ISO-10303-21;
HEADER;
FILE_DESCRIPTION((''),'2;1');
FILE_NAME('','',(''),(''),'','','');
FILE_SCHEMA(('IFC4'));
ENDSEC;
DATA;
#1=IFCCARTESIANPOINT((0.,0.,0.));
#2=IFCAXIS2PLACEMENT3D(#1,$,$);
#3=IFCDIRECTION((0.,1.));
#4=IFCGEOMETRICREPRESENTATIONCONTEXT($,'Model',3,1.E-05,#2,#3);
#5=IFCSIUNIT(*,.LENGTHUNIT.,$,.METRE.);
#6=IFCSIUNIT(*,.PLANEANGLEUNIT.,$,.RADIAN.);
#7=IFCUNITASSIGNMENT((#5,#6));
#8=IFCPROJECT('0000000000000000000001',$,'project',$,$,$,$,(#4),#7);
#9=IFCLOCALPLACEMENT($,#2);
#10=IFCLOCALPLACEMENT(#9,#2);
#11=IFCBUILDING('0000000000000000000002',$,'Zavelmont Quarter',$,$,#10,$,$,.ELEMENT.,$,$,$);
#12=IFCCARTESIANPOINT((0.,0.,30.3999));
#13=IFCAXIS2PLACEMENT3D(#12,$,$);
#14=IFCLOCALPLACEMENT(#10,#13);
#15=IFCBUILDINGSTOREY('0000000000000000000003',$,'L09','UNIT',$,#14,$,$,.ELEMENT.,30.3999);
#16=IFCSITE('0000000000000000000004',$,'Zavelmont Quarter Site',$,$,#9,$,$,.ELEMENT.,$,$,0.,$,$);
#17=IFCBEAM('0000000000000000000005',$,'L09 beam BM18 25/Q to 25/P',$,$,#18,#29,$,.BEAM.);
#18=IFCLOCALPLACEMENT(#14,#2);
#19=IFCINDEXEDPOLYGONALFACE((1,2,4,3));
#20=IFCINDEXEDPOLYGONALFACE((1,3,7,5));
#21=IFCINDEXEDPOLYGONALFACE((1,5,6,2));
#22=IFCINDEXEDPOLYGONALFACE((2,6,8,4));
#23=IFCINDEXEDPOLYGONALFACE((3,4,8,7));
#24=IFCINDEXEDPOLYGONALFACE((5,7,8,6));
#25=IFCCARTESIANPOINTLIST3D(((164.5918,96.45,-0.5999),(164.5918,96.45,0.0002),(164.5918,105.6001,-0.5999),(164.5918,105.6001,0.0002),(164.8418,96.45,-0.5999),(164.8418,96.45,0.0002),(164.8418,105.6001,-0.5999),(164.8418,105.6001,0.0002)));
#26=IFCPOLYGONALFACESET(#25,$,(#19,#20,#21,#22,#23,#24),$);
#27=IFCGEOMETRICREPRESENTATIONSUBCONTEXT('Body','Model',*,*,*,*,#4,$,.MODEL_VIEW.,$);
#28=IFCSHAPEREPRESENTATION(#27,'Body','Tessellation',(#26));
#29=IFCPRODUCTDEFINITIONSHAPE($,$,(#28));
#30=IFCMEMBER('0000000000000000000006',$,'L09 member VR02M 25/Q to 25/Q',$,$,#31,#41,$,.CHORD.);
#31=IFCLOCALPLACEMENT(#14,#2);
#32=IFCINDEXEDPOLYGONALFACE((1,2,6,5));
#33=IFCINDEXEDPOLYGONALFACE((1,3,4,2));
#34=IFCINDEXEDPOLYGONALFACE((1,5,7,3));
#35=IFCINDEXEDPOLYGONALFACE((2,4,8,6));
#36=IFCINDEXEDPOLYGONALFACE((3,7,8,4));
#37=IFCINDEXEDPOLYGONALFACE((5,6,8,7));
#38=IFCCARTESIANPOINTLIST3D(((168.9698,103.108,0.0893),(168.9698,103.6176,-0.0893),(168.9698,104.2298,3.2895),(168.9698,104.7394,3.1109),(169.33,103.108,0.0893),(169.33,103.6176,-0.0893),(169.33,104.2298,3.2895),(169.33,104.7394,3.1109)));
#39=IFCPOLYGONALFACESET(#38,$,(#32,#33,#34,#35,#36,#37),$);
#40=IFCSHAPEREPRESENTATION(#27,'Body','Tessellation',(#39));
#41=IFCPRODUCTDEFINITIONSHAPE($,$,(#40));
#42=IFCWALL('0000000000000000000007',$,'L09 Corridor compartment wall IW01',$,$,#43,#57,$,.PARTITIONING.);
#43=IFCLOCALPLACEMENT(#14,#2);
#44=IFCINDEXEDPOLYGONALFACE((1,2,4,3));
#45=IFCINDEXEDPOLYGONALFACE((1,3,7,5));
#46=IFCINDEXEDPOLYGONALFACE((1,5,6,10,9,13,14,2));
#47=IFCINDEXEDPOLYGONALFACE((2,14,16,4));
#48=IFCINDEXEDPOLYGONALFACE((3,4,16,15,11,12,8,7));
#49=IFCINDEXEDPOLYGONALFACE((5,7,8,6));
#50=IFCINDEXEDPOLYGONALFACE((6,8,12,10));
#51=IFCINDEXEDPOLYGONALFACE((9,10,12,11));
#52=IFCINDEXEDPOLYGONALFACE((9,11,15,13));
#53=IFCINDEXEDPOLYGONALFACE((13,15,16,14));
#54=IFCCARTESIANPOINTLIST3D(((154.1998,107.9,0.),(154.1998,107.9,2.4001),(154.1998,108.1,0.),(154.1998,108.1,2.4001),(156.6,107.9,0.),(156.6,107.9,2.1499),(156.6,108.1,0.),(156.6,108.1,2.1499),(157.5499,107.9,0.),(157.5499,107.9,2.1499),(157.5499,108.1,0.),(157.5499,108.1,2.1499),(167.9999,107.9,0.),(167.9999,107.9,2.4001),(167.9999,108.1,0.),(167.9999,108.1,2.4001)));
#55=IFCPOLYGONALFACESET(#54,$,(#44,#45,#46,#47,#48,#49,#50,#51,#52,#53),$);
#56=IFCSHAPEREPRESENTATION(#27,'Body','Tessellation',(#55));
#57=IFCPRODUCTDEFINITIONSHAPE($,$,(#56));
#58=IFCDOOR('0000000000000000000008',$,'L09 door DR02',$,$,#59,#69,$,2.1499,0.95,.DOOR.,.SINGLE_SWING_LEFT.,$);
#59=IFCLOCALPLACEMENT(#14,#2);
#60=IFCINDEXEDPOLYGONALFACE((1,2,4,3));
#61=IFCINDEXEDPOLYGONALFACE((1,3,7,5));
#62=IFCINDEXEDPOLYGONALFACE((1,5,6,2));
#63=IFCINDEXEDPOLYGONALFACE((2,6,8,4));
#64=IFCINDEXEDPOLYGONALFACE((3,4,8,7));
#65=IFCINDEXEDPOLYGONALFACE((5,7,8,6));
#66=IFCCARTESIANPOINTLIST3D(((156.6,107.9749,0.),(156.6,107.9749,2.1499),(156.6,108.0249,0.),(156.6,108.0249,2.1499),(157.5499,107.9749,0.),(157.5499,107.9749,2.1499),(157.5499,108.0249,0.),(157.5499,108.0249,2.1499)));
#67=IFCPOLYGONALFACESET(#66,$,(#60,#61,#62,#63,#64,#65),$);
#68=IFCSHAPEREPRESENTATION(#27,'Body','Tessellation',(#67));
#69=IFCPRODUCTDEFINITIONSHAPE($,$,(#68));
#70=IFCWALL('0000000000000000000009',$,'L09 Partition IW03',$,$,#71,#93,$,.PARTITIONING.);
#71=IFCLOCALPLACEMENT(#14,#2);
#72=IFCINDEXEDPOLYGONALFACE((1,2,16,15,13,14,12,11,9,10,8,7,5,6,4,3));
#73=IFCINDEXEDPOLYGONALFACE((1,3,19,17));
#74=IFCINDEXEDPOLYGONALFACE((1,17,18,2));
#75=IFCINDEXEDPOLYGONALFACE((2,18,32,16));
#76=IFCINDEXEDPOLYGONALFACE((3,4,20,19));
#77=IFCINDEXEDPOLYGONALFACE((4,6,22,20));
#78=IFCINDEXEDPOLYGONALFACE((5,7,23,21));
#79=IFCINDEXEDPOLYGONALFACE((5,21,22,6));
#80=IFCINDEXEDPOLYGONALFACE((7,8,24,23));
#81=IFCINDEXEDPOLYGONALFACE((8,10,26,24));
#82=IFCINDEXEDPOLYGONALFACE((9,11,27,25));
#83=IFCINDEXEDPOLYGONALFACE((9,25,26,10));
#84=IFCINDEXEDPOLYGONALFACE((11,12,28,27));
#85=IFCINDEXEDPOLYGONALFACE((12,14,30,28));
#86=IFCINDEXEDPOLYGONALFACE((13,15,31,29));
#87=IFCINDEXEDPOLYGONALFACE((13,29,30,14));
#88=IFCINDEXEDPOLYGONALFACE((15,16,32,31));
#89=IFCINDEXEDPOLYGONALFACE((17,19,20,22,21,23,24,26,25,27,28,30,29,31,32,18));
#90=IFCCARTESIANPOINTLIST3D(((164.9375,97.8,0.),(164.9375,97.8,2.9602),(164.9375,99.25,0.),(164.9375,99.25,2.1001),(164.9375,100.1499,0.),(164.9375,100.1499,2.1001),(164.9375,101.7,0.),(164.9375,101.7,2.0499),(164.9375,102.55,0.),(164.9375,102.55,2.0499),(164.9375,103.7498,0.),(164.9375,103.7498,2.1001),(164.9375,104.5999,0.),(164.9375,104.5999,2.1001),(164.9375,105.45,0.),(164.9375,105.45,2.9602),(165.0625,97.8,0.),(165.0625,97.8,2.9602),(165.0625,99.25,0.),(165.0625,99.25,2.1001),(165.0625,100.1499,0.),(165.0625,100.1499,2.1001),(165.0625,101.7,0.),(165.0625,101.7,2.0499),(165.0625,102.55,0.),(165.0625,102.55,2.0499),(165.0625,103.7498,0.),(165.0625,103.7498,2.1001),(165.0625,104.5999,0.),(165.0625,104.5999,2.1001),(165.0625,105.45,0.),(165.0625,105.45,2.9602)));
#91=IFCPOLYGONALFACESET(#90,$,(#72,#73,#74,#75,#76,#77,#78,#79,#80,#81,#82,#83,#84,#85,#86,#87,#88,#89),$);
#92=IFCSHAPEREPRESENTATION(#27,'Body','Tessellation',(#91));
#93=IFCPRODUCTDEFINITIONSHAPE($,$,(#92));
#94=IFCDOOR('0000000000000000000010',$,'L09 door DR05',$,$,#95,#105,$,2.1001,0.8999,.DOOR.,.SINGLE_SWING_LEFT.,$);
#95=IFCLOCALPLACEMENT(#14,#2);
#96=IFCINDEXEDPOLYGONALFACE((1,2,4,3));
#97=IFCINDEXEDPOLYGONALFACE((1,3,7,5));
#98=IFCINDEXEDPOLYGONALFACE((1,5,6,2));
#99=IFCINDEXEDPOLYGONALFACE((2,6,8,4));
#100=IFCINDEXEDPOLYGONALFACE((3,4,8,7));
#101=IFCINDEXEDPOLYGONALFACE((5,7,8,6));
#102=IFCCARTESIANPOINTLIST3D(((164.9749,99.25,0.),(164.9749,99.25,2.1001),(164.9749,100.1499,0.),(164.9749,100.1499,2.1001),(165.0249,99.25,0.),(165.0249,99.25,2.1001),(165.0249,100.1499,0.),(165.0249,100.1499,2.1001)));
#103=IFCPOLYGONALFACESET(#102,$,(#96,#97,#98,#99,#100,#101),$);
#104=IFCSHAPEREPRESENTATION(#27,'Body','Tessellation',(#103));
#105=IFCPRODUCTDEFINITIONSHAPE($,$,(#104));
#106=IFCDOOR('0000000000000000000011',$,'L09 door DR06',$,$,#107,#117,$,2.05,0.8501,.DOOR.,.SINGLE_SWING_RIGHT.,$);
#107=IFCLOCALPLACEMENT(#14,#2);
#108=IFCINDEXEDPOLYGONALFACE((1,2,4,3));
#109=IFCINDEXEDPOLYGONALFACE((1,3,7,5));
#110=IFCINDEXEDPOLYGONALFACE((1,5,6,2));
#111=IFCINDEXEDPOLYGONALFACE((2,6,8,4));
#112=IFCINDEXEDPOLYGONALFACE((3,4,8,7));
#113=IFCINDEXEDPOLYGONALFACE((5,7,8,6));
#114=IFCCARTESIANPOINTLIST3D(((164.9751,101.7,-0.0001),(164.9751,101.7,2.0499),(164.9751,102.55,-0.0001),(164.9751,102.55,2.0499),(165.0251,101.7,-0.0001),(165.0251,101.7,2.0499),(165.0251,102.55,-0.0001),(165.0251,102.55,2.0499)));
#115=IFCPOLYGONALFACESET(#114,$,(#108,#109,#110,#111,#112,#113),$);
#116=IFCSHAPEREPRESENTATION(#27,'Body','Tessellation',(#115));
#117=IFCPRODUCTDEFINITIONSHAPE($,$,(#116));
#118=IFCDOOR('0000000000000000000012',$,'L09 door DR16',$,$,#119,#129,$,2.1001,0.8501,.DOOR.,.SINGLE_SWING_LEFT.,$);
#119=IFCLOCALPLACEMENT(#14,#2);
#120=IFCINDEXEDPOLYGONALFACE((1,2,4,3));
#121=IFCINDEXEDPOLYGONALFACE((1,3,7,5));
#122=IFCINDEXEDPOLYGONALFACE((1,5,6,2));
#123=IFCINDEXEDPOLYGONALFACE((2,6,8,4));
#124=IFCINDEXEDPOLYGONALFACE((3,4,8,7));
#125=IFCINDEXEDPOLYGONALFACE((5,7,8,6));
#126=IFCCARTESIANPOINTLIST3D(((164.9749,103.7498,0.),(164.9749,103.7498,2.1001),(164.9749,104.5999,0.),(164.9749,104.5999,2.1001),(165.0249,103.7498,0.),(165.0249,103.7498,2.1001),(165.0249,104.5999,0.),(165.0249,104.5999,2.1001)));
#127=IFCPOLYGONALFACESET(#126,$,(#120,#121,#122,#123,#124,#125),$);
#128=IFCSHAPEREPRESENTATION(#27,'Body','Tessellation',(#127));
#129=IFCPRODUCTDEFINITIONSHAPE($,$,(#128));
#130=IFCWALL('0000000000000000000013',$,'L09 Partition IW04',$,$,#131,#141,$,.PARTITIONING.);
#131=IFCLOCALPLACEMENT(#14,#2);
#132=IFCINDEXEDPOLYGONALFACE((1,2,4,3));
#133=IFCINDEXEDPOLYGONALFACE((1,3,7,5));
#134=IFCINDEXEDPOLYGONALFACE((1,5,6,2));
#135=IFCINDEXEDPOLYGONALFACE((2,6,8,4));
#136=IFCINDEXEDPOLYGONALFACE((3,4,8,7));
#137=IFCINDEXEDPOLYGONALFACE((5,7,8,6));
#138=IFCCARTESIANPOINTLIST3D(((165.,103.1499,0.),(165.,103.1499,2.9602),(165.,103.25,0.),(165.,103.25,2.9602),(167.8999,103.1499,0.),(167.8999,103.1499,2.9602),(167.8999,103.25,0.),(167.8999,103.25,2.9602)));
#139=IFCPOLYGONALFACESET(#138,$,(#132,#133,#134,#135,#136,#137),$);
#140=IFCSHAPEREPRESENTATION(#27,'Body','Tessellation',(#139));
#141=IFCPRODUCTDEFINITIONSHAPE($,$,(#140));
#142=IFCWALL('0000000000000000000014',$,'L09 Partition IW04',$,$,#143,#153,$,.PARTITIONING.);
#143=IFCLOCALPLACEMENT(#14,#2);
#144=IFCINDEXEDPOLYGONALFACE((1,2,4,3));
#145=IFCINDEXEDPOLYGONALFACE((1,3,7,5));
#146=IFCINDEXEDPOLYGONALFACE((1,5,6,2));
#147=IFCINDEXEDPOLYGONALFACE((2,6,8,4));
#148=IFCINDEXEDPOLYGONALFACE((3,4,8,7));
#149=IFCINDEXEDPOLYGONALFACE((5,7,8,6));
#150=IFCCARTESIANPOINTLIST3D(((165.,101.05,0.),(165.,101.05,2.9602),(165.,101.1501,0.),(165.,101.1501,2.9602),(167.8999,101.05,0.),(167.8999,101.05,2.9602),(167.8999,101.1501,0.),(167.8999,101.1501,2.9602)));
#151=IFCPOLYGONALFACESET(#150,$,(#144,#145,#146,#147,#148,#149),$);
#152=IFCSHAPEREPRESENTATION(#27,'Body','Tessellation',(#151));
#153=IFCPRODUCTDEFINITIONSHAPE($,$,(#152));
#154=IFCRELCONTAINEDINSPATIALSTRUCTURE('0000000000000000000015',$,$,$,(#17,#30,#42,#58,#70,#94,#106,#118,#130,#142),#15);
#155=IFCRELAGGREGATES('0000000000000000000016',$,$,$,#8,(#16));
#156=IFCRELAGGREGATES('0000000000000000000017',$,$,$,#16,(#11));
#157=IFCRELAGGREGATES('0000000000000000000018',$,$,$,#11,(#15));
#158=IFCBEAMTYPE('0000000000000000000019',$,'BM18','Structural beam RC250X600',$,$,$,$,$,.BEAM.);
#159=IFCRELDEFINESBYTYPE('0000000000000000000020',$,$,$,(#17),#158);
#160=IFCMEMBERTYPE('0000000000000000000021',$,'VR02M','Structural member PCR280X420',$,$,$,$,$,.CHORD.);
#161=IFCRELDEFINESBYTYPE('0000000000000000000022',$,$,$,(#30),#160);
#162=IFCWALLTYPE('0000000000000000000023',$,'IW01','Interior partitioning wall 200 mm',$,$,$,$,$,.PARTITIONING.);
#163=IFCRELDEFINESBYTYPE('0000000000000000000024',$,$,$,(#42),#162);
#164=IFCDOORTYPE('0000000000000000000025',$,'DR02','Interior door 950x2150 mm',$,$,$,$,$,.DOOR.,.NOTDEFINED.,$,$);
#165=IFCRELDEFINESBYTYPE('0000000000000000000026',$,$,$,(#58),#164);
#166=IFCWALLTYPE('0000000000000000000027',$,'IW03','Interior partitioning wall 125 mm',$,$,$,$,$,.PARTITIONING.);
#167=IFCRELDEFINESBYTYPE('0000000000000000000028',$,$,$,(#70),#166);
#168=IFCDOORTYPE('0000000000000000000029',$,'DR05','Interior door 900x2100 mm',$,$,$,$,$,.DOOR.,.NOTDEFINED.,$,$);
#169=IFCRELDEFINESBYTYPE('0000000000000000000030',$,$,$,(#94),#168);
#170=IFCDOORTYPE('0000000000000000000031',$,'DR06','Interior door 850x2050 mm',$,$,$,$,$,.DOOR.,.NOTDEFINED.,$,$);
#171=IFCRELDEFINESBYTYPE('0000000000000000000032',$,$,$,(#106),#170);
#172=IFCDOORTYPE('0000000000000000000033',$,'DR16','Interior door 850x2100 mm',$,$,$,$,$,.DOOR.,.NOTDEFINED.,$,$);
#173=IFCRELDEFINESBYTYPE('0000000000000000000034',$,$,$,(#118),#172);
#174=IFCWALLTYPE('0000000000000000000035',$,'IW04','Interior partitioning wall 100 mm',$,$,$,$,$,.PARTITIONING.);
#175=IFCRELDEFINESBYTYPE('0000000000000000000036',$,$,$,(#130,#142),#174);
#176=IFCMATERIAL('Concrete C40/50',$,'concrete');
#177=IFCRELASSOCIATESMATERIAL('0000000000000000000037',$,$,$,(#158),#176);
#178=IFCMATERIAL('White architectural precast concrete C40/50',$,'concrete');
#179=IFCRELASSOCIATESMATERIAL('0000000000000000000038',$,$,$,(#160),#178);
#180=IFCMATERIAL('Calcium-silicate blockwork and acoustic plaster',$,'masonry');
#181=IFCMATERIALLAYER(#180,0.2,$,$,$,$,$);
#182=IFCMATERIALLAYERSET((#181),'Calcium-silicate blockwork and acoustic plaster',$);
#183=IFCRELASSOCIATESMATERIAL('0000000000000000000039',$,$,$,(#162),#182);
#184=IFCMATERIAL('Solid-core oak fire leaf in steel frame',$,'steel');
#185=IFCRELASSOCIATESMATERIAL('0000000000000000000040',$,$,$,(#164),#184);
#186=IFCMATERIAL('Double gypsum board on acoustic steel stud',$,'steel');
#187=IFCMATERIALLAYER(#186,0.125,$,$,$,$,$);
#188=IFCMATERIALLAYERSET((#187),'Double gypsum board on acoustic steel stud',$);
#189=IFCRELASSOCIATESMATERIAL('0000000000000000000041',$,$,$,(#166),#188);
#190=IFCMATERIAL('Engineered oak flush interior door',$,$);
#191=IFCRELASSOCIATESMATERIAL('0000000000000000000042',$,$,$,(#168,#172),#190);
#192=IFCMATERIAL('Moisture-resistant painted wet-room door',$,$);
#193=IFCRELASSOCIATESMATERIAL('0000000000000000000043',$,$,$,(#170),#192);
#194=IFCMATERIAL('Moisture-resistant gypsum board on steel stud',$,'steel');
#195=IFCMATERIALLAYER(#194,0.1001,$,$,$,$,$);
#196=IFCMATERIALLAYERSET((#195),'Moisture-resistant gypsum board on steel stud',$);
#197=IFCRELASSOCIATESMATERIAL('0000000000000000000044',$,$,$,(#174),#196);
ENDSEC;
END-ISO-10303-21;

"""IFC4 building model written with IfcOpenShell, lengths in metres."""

from ifc_helpers import new_model, si_unit, direction, frame, frame_2d, origin, origin_with_axes, origin_2d, place, context, subcontext, project, spatial, rectangle, extrude, material, layer, layer_set, material_profile, profile_set, type_object, element, fill, save


model = new_model("IFC4")

# Units and contexts
model_context = context("Model", 3, precision=1e-05, world=origin(), true_north=direction((0.0, 1.0)))
body_context = subcontext(model_context, "Body", "Model", "MODEL_VIEW")
ifc_project = project(units=[si_unit("LENGTHUNIT", "METRE"), si_unit("PLANEANGLEUNIT", "RADIAN")], contexts=[model_context])

# Site, building, storey
site_placement = place(None, origin())
site = spatial("IfcSite", under=ifc_project, at=site_placement, Name="Zavelmont Quarter Site", CompositionType="ELEMENT", RefElevation=0.0)
building_placement = place(site_placement, origin())
building = spatial("IfcBuilding", under=site, at=building_placement, Name="Zavelmont Quarter", CompositionType="ELEMENT")
storey_placement = place(building_placement, frame((0.0, 0.0, 30.3999)))
storey = spatial("IfcBuildingStorey", under=building, at=storey_placement, Name="L09", Description="UNIT", CompositionType="ELEMENT", Elevation=30.3999)

# Beam
ifc_material_1 = material(Name="Concrete C40/50", Category="concrete")
ifc_material_profile_1 = material_profile(ifc_material_1, rectangle(XDim=0.25, YDim=0.6001, at=origin_2d()), Name="RC250X600")
ifc_profile_set_1 = profile_set([ifc_material_profile_1], Name="Concrete C40/50")
beam_type_1 = type_object("IfcBeamType", Name="BM18", Description="Structural beam RC250X600", PredefinedType="BEAM", material=ifc_profile_set_1)
for number, where, z_axis, x_axis, name in (
    (1, (164.7168, 105.6001, -0.2998), (0.0, -1.0, 0.0), (1.0, 0.0, 0.0), "L09 beam BM18 25/Q to 25/P"),
):
    element("IfcBeam", number, at=place(storey_placement, frame(where, z_axis=z_axis, x_axis=x_axis)), inside=storey, type_object=beam_type_1, Name=name, PredefinedType="BEAM", context=body_context, shape_type="SweptSolid", body=[
        extrude(rectangle(XDim=0.25, YDim=0.6001, at=origin_2d()), origin(), (0.0, 0.0, 1.0), 9.1501),
    ])

# Member
ifc_material_2 = material(Name="White architectural precast concrete C40/50", Category="concrete")
ifc_material_profile_2 = material_profile(ifc_material_2, rectangle(XDim=0.3601, YDim=0.54, at=origin_2d()), Name="PCR280X420")
ifc_profile_set_2 = profile_set([ifc_material_profile_2], Name="White architectural precast concrete C40/50")
member_type = type_object("IfcMemberType", Name="VR02M", Description="Structural member PCR280X420", PredefinedType="CHORD", material=ifc_profile_set_2)
member_placement = place(storey_placement, frame((169.1499, 103.3628, 0.0), z_axis=(0.0, 0.330812, 0.943697), x_axis=(-1.0, 0.0, 0.0)))
element("IfcMember", 2, at=member_placement, inside=storey, type_object=member_type, Name="L09 member VR02M 25/Q to 25/Q", PredefinedType="CHORD", context=body_context, shape_type="SweptSolid", body=[
    extrude(rectangle(XDim=0.3601, YDim=0.54, at=origin_2d()), origin(), (0.0, 0.0, 1.0), 3.3911),
])

# Wall, opening, door
ifc_material_3 = material(Name="Calcium-silicate blockwork and acoustic plaster", Category="masonry")
ifc_layer_1 = layer(ifc_material_3, 0.2)
ifc_layer_set_1 = layer_set([ifc_layer_1], Name="Calcium-silicate blockwork and acoustic plaster")
wall_type_1 = type_object("IfcWallType", Name="IW01", Description="Interior partitioning wall 200 mm", PredefinedType="PARTITIONING", material=ifc_layer_set_1)
wall_1_placement = place(storey_placement, frame((154.2, 108.0, 0.0), z_axis=(0.0, 0.0, 1.0), x_axis=(1.0, 0.0, 0.0)))
wall_1 = element("IfcWall", 3, at=wall_1_placement, inside=storey, type_object=wall_type_1, Name="L09 Corridor compartment wall IW01", PredefinedType="PARTITIONING", context=body_context, shape_type="SweptSolid", body=[
    extrude(rectangle(XDim=13.8, YDim=0.2, at=frame_2d((6.8999, 0.0))), origin(), (0.0, 0.0, 1.0), 2.4001),
])
opening_1_placement = place(wall_1_placement, frame((2.3999, 0.0, 0.0)))
opening_1 = element("IfcOpeningElement", 4, at=opening_1_placement, cuts=wall_1, PredefinedType="OPENING", context=body_context, shape_type="SweptSolid", body=[
    extrude(rectangle(XDim=0.95, YDim=2.1499, at=frame_2d((0.4751, 1.075))), frame((0.0, 0.1118, 0.0), z_axis=(0.0, -1.0, 0.0), x_axis=(1.0, 0.0, 0.0)), (0.0, 0.0, 1.0), 0.2239),
])
ifc_material_4 = material(Name="Solid-core oak fire leaf in steel frame", Category="steel")
door_type_1 = type_object("IfcDoorType", Name="DR02", Description="Interior door 950x2150 mm", OperationType="NOTDEFINED", PredefinedType="DOOR", material=ifc_material_4)
door_1_placement = place(opening_1_placement, origin_with_axes())
door_1 = element("IfcDoor", 5, at=door_1_placement, inside=storey, type_object=door_type_1, Name="L09 door DR02", OperationType="SINGLE_SWING_LEFT", OverallHeight=2.1499, OverallWidth=0.95, PredefinedType="DOOR", context=body_context, shape_type="SweptSolid", body=[
    extrude(rectangle(XDim=0.95, YDim=2.1499, at=frame_2d((0.4751, 1.075))), frame((0.0, 0.0249, 0.0), z_axis=(0.0, -1.0, 0.0), x_axis=(1.0, 0.0, 0.0)), (0.0, 0.0, 1.0), 0.05),
])
fill(opening_1, door_1)

# Wall, openings, doors
ifc_material_5 = material(Name="Double gypsum board on acoustic steel stud", Category="steel")
ifc_layer_2 = layer(ifc_material_5, 0.125)
ifc_layer_set_2 = layer_set([ifc_layer_2], Name="Double gypsum board on acoustic steel stud")
wall_type_2 = type_object("IfcWallType", Name="IW03", Description="Interior partitioning wall 125 mm", PredefinedType="PARTITIONING", material=ifc_layer_set_2)
wall_2_placement = place(storey_placement, frame((165.0, 105.45, 0.0), z_axis=(0.0, 0.0, 1.0), x_axis=(0.0, -1.0, 0.0)))
wall_2 = element("IfcWall", 6, at=wall_2_placement, inside=storey, type_object=wall_type_2, Name="L09 Partition IW03", PredefinedType="PARTITIONING", context=body_context, shape_type="SweptSolid", body=[
    extrude(rectangle(XDim=7.6499, YDim=0.125, at=frame_2d((3.825, 0.0))), origin(), (0.0, 0.0, 1.0), 2.9602),
])
opening_2_placement = place(wall_2_placement, frame((0.8501, 0.0, 0.0)))
opening_2 = element("IfcOpeningElement", 7, at=opening_2_placement, cuts=wall_2, PredefinedType="OPENING", context=body_context, shape_type="SweptSolid", body=[
    extrude(rectangle(XDim=0.8501, YDim=2.1001, at=frame_2d((0.425, 1.05))), frame((0.0, 0.0745, 0.0), z_axis=(0.0, -1.0, 0.0), x_axis=(1.0, 0.0, 0.0)), (0.0, 0.0, 1.0), 0.1489),
])
opening_3_placement = place(wall_2_placement, frame((2.8999, 0.0, 0.0)))
opening_3 = element("IfcOpeningElement", 8, at=opening_3_placement, cuts=wall_2, PredefinedType="OPENING", context=body_context, shape_type="SweptSolid", body=[
    extrude(rectangle(XDim=0.8501, YDim=2.05, at=frame_2d((0.425, 1.0249))), frame((0.0, 0.0745, 0.0), z_axis=(0.0, -1.0, 0.0), x_axis=(1.0, 0.0, 0.0)), (0.0, 0.0, 1.0), 0.1489),
])
opening_4_placement = place(wall_2_placement, frame((5.3, 0.0, 0.0)))
opening_4 = element("IfcOpeningElement", 9, at=opening_4_placement, cuts=wall_2, PredefinedType="OPENING", context=body_context, shape_type="SweptSolid", body=[
    extrude(rectangle(XDim=0.8999, YDim=2.1001, at=frame_2d((0.45, 1.05))), frame((0.0, 0.0745, 0.0), z_axis=(0.0, -1.0, 0.0), x_axis=(1.0, 0.0, 0.0)), (0.0, 0.0, 1.0), 0.1489),
])
ifc_material_6 = material(Name="Engineered oak flush interior door")
door_type_2 = type_object("IfcDoorType", Name="DR05", Description="Interior door 900x2100 mm", OperationType="NOTDEFINED", PredefinedType="DOOR", material=ifc_material_6)
door_2_placement = place(opening_4_placement, origin_with_axes())
door_2 = element("IfcDoor", 10, at=door_2_placement, inside=storey, type_object=door_type_2, Name="L09 door DR05", OperationType="SINGLE_SWING_LEFT", OverallHeight=2.1001, OverallWidth=0.8999, PredefinedType="DOOR", context=body_context, shape_type="SweptSolid", body=[
    extrude(rectangle(XDim=0.8999, YDim=2.1001, at=frame_2d((0.45, 1.05))), frame((0.0, 0.0249, 0.0), z_axis=(0.0, -1.0, 0.0), x_axis=(1.0, 0.0, 0.0)), (0.0, 0.0, 1.0), 0.05),
])
fill(opening_4, door_2)
ifc_material_7 = material(Name="Moisture-resistant painted wet-room door")
door_type_3 = type_object("IfcDoorType", Name="DR06", Description="Interior door 850x2050 mm", OperationType="NOTDEFINED", PredefinedType="DOOR", material=ifc_material_7)
door_3_placement = place(opening_3_placement, frame((0.8501, 0.0, 0.0), z_axis=(0.0, 0.0, 1.0), x_axis=(-1.0, 0.0, 0.0)))
door_3 = element("IfcDoor", 11, at=door_3_placement, inside=storey, type_object=door_type_3, Name="L09 door DR06", OperationType="SINGLE_SWING_RIGHT", OverallHeight=2.05, OverallWidth=0.8501, PredefinedType="DOOR", context=body_context, shape_type="SweptSolid", body=[
    extrude(rectangle(XDim=0.8501, YDim=2.05, at=frame_2d((0.425, 1.0249))), frame((0.0, 0.0249, 0.0), z_axis=(0.0, -1.0, 0.0), x_axis=(1.0, 0.0, 0.0)), (0.0, 0.0, 1.0), 0.05),
])
fill(opening_3, door_3)
door_type_4 = type_object("IfcDoorType", Name="DR16", Description="Interior door 850x2100 mm", OperationType="NOTDEFINED", PredefinedType="DOOR", material=ifc_material_6)
door_4_placement = place(opening_2_placement, origin_with_axes())
door_4 = element("IfcDoor", 12, at=door_4_placement, inside=storey, type_object=door_type_4, Name="L09 door DR16", OperationType="SINGLE_SWING_LEFT", OverallHeight=2.1001, OverallWidth=0.8501, PredefinedType="DOOR", context=body_context, shape_type="SweptSolid", body=[
    extrude(rectangle(XDim=0.8501, YDim=2.1001, at=frame_2d((0.425, 1.05))), frame((0.0, 0.0249, 0.0), z_axis=(0.0, -1.0, 0.0), x_axis=(1.0, 0.0, 0.0)), (0.0, 0.0, 1.0), 0.05),
])
fill(opening_2, door_4)

# Walls
ifc_material_8 = material(Name="Moisture-resistant gypsum board on steel stud", Category="steel")
ifc_layer_3 = layer(ifc_material_8, 0.1001)
ifc_layer_set_3 = layer_set([ifc_layer_3], Name="Moisture-resistant gypsum board on steel stud")
wall_type_3 = type_object("IfcWallType", Name="IW04", Description="Interior partitioning wall 100 mm", PredefinedType="PARTITIONING", material=ifc_layer_set_3)
for number, where, z_axis, x_axis, name in (
    (13, (165.0, 103.2, 0.0), (0.0, 0.0, 1.0), (1.0, 0.0, 0.0), "L09 Partition IW04"),
    (14, (165.0, 101.1001, 0.0), (0.0, 0.0, 1.0), (1.0, 0.0, 0.0), "L09 Partition IW04"),
):
    element("IfcWall", number, at=place(storey_placement, frame(where, z_axis=z_axis, x_axis=x_axis)), inside=storey, type_object=wall_type_3, Name=name, PredefinedType="PARTITIONING", context=body_context, shape_type="SweptSolid", body=[
        extrude(rectangle(XDim=2.8999, YDim=0.1001, at=frame_2d((1.45, 0.0))), origin(), (0.0, 0.0, 1.0), 2.9602),
    ])

save(model, "model.ifc")
